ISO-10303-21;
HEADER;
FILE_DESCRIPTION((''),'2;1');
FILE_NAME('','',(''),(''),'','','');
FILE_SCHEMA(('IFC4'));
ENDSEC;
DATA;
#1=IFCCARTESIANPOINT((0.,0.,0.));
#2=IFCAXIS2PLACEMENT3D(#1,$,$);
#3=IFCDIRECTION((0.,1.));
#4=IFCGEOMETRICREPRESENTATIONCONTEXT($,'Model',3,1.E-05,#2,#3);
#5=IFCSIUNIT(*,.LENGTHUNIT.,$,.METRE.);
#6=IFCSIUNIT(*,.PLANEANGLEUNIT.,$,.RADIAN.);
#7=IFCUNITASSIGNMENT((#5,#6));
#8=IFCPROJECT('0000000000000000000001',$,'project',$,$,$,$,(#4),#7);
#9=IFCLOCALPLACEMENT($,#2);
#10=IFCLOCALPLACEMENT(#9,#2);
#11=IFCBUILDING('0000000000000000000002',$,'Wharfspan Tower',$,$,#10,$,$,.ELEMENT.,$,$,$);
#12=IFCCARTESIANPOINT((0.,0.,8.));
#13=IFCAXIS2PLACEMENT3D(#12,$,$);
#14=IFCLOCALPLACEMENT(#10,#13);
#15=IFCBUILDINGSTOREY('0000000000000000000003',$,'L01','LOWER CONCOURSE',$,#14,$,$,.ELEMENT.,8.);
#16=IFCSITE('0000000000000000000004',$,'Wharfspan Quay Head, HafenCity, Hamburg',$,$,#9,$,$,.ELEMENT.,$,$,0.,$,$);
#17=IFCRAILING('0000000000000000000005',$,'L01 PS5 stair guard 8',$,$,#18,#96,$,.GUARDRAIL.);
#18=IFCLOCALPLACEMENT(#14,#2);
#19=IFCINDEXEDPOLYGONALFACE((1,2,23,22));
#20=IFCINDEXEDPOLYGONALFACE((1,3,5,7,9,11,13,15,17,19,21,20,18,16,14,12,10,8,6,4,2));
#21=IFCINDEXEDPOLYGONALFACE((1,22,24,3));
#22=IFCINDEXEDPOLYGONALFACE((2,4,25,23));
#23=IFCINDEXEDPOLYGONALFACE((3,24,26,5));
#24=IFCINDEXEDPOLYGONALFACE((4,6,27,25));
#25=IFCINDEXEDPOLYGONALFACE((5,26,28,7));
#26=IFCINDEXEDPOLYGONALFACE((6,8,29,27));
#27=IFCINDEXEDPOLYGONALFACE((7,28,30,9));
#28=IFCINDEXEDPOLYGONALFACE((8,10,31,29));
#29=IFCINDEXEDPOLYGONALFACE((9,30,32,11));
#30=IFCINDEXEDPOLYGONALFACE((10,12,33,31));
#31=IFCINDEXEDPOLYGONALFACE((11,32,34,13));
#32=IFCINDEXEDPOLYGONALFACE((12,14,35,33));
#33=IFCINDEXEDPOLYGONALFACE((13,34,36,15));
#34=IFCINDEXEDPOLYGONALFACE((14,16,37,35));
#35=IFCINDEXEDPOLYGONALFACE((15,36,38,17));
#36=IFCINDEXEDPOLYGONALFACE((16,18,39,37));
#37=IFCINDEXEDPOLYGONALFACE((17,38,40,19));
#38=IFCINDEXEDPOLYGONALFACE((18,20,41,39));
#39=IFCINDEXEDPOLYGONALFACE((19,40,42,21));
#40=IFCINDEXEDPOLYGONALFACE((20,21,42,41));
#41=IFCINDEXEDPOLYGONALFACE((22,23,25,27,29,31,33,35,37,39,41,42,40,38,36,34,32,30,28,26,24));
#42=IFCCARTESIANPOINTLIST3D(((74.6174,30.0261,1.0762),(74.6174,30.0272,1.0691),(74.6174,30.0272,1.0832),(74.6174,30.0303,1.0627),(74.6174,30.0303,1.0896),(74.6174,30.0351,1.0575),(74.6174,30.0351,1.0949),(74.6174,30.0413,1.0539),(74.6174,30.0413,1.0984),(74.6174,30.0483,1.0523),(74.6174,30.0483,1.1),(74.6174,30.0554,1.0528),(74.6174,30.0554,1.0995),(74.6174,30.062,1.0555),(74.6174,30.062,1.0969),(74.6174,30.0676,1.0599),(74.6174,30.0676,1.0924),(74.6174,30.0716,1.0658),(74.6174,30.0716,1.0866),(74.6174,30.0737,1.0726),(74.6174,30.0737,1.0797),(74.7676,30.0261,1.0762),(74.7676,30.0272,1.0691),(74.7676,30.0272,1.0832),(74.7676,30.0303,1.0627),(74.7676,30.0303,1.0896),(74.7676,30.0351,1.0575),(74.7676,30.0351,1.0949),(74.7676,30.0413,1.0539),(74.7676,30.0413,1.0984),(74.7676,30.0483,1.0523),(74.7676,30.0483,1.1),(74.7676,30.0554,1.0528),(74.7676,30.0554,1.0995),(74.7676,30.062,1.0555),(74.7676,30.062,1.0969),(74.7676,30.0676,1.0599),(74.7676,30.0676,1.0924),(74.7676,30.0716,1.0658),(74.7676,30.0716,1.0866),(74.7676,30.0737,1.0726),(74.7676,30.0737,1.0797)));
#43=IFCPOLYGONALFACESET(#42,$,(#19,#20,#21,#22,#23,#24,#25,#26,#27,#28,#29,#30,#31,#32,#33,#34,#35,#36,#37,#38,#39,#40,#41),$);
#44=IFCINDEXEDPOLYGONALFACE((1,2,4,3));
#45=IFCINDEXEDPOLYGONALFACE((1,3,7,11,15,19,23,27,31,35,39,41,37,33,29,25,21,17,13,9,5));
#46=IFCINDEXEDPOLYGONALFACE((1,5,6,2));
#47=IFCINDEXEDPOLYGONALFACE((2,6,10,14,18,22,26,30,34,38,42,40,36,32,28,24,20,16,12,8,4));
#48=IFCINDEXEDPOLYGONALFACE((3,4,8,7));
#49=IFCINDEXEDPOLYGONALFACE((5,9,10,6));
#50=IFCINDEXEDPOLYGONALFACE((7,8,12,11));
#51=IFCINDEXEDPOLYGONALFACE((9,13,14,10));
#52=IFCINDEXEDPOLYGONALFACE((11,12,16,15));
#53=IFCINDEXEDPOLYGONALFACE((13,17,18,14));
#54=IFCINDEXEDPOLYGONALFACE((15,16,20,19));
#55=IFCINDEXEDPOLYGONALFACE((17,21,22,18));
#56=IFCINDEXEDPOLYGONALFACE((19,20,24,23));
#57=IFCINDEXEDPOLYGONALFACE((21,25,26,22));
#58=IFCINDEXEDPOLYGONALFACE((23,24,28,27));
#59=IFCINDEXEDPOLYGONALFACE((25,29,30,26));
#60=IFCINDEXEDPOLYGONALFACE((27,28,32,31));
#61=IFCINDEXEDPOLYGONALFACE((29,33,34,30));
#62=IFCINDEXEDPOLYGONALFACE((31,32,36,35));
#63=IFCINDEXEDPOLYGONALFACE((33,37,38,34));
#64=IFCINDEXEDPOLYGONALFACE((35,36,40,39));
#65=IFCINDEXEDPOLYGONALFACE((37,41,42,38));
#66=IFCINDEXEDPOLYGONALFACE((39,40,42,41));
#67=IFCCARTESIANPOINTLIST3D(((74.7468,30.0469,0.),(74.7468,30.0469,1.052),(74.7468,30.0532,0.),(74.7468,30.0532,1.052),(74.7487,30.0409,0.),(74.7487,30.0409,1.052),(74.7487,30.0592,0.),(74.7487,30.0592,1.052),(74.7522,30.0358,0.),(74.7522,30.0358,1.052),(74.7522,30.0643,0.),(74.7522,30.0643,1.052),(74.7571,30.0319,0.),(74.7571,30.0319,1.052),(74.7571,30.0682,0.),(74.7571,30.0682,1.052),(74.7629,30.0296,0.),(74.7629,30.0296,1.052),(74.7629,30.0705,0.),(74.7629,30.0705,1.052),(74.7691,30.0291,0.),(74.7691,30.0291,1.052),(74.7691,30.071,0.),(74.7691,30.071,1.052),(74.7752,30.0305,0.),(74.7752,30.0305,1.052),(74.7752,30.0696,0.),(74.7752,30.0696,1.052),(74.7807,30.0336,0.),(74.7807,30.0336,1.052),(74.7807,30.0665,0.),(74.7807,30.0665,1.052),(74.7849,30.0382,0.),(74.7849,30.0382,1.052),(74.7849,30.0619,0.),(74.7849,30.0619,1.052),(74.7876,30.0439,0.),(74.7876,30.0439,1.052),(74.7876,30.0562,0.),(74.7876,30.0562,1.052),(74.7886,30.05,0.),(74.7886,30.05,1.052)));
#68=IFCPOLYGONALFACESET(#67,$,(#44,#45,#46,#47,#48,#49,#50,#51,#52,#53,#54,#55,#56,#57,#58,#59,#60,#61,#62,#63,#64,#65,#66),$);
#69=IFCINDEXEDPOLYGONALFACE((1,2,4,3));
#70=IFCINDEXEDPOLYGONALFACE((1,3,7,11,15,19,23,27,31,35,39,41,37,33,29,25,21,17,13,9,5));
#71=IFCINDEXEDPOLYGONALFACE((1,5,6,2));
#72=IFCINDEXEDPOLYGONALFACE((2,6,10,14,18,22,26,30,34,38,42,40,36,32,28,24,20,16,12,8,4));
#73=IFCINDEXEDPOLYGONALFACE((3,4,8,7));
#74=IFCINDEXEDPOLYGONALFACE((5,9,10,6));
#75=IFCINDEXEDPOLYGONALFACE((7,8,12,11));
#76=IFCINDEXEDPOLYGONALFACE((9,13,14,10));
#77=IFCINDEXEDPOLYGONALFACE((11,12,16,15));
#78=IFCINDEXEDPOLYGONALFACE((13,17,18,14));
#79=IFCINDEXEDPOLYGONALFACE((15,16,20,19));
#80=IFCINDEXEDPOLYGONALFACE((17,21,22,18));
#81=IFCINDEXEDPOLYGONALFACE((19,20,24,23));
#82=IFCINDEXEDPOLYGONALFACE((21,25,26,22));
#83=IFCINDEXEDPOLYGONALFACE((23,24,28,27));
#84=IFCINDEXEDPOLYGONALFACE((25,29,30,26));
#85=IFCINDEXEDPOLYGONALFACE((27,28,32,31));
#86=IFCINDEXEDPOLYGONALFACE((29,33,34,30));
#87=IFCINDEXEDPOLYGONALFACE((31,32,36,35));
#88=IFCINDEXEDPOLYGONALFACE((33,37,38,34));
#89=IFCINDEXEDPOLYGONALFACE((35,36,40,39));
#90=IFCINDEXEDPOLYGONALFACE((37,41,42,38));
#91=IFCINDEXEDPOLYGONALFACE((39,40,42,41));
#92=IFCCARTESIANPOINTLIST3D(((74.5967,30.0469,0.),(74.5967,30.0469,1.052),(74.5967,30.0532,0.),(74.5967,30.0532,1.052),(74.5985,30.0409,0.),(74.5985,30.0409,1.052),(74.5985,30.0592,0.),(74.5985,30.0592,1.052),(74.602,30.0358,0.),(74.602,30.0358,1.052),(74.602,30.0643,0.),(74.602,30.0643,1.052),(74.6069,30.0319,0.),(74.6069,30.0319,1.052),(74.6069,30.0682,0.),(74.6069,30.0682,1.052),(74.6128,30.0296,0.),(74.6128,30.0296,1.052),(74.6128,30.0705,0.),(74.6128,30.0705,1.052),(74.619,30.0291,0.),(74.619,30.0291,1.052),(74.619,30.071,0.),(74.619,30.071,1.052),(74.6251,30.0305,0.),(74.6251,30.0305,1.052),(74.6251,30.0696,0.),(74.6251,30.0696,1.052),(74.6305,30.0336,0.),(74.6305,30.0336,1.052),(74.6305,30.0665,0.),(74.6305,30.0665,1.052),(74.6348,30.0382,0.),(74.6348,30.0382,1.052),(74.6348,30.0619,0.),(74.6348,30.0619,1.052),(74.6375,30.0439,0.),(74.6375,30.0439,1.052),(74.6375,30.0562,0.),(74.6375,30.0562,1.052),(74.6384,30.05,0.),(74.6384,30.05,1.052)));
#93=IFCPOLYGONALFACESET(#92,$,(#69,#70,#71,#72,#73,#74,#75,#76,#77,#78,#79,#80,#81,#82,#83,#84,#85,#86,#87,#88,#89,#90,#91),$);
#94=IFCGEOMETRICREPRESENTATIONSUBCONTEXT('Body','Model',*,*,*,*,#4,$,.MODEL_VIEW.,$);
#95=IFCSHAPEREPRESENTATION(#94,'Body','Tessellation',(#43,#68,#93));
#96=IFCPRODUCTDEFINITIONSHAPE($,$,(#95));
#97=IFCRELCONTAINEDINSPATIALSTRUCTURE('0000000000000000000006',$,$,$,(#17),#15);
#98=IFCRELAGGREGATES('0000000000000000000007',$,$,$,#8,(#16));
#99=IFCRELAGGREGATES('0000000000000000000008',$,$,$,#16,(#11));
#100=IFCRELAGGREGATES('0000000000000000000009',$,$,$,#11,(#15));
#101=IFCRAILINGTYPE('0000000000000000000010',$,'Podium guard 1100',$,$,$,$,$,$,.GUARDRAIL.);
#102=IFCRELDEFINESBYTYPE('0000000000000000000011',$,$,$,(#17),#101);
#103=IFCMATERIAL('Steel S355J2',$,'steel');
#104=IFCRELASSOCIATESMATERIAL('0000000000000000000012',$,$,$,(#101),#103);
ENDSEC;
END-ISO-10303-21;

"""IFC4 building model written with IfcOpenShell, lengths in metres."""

from ifc_helpers import new_model, si_unit, direction, frame, origin, origin_2d, place, context, subcontext, project, spatial, circle, extrude, material, type_object, element, save


model = new_model("IFC4")

# Units and contexts
model_context = context("Model", 3, precision=1e-05, world=origin(), true_north=direction((0.0, 1.0)))
body_context = subcontext(model_context, "Body", "Model", "MODEL_VIEW")
ifc_project = project(units=[si_unit("LENGTHUNIT", "METRE"), si_unit("PLANEANGLEUNIT", "RADIAN")], contexts=[model_context])

# Site, building, storey
site_placement = place(None, origin())
site = spatial("IfcSite", under=ifc_project, at=site_placement, Name="Wharfspan Quay Head, HafenCity, Hamburg", CompositionType="ELEMENT", RefElevation=0.0)
building_placement = place(site_placement, origin())
building = spatial("IfcBuilding", under=site, at=building_placement, Name="Wharfspan Tower", CompositionType="ELEMENT")
storey_placement = place(building_placement, frame((0.0, 0.0, 8.0)))
storey = spatial("IfcBuildingStorey", under=building, at=storey_placement, Name="L01", Description="LOWER CONCOURSE", CompositionType="ELEMENT", Elevation=8.0)

# Railing
ifc_material_1 = material(Name="Steel S355J2", Category="steel")
railing_type_1 = type_object("IfcRailingType", Name="Podium guard 1100", PredefinedType="GUARDRAIL", material=ifc_material_1)
railing_1_placement = place(storey_placement, frame((74.7676, 30.05, 0.0)))
element("IfcRailing", 1, at=railing_1_placement, inside=storey, type_object=railing_type_1, Name="L01 PS5 stair guard 8", PredefinedType="GUARDRAIL", context=body_context, shape_type="SweptSolid", body=[
    extrude(circle(Radius=0.0239, at=origin_2d()), frame((0.0, 0.0, 1.0762), z_axis=(-1.0, 0.0, 0.0), x_axis=(0.0, -1.0, 0.0)), (0.0, 0.0, 1.0), 0.1501),
    extrude(circle(Radius=0.021, at=origin_2d()), origin(), (0.0, 0.0, 1.0), 1.052),
    extrude(circle(Radius=0.021, at=origin_2d()), frame((-0.1501, 0.0, 0.0)), (0.0, 0.0, 1.0), 1.052),
])

save(model, "model.ifc")
